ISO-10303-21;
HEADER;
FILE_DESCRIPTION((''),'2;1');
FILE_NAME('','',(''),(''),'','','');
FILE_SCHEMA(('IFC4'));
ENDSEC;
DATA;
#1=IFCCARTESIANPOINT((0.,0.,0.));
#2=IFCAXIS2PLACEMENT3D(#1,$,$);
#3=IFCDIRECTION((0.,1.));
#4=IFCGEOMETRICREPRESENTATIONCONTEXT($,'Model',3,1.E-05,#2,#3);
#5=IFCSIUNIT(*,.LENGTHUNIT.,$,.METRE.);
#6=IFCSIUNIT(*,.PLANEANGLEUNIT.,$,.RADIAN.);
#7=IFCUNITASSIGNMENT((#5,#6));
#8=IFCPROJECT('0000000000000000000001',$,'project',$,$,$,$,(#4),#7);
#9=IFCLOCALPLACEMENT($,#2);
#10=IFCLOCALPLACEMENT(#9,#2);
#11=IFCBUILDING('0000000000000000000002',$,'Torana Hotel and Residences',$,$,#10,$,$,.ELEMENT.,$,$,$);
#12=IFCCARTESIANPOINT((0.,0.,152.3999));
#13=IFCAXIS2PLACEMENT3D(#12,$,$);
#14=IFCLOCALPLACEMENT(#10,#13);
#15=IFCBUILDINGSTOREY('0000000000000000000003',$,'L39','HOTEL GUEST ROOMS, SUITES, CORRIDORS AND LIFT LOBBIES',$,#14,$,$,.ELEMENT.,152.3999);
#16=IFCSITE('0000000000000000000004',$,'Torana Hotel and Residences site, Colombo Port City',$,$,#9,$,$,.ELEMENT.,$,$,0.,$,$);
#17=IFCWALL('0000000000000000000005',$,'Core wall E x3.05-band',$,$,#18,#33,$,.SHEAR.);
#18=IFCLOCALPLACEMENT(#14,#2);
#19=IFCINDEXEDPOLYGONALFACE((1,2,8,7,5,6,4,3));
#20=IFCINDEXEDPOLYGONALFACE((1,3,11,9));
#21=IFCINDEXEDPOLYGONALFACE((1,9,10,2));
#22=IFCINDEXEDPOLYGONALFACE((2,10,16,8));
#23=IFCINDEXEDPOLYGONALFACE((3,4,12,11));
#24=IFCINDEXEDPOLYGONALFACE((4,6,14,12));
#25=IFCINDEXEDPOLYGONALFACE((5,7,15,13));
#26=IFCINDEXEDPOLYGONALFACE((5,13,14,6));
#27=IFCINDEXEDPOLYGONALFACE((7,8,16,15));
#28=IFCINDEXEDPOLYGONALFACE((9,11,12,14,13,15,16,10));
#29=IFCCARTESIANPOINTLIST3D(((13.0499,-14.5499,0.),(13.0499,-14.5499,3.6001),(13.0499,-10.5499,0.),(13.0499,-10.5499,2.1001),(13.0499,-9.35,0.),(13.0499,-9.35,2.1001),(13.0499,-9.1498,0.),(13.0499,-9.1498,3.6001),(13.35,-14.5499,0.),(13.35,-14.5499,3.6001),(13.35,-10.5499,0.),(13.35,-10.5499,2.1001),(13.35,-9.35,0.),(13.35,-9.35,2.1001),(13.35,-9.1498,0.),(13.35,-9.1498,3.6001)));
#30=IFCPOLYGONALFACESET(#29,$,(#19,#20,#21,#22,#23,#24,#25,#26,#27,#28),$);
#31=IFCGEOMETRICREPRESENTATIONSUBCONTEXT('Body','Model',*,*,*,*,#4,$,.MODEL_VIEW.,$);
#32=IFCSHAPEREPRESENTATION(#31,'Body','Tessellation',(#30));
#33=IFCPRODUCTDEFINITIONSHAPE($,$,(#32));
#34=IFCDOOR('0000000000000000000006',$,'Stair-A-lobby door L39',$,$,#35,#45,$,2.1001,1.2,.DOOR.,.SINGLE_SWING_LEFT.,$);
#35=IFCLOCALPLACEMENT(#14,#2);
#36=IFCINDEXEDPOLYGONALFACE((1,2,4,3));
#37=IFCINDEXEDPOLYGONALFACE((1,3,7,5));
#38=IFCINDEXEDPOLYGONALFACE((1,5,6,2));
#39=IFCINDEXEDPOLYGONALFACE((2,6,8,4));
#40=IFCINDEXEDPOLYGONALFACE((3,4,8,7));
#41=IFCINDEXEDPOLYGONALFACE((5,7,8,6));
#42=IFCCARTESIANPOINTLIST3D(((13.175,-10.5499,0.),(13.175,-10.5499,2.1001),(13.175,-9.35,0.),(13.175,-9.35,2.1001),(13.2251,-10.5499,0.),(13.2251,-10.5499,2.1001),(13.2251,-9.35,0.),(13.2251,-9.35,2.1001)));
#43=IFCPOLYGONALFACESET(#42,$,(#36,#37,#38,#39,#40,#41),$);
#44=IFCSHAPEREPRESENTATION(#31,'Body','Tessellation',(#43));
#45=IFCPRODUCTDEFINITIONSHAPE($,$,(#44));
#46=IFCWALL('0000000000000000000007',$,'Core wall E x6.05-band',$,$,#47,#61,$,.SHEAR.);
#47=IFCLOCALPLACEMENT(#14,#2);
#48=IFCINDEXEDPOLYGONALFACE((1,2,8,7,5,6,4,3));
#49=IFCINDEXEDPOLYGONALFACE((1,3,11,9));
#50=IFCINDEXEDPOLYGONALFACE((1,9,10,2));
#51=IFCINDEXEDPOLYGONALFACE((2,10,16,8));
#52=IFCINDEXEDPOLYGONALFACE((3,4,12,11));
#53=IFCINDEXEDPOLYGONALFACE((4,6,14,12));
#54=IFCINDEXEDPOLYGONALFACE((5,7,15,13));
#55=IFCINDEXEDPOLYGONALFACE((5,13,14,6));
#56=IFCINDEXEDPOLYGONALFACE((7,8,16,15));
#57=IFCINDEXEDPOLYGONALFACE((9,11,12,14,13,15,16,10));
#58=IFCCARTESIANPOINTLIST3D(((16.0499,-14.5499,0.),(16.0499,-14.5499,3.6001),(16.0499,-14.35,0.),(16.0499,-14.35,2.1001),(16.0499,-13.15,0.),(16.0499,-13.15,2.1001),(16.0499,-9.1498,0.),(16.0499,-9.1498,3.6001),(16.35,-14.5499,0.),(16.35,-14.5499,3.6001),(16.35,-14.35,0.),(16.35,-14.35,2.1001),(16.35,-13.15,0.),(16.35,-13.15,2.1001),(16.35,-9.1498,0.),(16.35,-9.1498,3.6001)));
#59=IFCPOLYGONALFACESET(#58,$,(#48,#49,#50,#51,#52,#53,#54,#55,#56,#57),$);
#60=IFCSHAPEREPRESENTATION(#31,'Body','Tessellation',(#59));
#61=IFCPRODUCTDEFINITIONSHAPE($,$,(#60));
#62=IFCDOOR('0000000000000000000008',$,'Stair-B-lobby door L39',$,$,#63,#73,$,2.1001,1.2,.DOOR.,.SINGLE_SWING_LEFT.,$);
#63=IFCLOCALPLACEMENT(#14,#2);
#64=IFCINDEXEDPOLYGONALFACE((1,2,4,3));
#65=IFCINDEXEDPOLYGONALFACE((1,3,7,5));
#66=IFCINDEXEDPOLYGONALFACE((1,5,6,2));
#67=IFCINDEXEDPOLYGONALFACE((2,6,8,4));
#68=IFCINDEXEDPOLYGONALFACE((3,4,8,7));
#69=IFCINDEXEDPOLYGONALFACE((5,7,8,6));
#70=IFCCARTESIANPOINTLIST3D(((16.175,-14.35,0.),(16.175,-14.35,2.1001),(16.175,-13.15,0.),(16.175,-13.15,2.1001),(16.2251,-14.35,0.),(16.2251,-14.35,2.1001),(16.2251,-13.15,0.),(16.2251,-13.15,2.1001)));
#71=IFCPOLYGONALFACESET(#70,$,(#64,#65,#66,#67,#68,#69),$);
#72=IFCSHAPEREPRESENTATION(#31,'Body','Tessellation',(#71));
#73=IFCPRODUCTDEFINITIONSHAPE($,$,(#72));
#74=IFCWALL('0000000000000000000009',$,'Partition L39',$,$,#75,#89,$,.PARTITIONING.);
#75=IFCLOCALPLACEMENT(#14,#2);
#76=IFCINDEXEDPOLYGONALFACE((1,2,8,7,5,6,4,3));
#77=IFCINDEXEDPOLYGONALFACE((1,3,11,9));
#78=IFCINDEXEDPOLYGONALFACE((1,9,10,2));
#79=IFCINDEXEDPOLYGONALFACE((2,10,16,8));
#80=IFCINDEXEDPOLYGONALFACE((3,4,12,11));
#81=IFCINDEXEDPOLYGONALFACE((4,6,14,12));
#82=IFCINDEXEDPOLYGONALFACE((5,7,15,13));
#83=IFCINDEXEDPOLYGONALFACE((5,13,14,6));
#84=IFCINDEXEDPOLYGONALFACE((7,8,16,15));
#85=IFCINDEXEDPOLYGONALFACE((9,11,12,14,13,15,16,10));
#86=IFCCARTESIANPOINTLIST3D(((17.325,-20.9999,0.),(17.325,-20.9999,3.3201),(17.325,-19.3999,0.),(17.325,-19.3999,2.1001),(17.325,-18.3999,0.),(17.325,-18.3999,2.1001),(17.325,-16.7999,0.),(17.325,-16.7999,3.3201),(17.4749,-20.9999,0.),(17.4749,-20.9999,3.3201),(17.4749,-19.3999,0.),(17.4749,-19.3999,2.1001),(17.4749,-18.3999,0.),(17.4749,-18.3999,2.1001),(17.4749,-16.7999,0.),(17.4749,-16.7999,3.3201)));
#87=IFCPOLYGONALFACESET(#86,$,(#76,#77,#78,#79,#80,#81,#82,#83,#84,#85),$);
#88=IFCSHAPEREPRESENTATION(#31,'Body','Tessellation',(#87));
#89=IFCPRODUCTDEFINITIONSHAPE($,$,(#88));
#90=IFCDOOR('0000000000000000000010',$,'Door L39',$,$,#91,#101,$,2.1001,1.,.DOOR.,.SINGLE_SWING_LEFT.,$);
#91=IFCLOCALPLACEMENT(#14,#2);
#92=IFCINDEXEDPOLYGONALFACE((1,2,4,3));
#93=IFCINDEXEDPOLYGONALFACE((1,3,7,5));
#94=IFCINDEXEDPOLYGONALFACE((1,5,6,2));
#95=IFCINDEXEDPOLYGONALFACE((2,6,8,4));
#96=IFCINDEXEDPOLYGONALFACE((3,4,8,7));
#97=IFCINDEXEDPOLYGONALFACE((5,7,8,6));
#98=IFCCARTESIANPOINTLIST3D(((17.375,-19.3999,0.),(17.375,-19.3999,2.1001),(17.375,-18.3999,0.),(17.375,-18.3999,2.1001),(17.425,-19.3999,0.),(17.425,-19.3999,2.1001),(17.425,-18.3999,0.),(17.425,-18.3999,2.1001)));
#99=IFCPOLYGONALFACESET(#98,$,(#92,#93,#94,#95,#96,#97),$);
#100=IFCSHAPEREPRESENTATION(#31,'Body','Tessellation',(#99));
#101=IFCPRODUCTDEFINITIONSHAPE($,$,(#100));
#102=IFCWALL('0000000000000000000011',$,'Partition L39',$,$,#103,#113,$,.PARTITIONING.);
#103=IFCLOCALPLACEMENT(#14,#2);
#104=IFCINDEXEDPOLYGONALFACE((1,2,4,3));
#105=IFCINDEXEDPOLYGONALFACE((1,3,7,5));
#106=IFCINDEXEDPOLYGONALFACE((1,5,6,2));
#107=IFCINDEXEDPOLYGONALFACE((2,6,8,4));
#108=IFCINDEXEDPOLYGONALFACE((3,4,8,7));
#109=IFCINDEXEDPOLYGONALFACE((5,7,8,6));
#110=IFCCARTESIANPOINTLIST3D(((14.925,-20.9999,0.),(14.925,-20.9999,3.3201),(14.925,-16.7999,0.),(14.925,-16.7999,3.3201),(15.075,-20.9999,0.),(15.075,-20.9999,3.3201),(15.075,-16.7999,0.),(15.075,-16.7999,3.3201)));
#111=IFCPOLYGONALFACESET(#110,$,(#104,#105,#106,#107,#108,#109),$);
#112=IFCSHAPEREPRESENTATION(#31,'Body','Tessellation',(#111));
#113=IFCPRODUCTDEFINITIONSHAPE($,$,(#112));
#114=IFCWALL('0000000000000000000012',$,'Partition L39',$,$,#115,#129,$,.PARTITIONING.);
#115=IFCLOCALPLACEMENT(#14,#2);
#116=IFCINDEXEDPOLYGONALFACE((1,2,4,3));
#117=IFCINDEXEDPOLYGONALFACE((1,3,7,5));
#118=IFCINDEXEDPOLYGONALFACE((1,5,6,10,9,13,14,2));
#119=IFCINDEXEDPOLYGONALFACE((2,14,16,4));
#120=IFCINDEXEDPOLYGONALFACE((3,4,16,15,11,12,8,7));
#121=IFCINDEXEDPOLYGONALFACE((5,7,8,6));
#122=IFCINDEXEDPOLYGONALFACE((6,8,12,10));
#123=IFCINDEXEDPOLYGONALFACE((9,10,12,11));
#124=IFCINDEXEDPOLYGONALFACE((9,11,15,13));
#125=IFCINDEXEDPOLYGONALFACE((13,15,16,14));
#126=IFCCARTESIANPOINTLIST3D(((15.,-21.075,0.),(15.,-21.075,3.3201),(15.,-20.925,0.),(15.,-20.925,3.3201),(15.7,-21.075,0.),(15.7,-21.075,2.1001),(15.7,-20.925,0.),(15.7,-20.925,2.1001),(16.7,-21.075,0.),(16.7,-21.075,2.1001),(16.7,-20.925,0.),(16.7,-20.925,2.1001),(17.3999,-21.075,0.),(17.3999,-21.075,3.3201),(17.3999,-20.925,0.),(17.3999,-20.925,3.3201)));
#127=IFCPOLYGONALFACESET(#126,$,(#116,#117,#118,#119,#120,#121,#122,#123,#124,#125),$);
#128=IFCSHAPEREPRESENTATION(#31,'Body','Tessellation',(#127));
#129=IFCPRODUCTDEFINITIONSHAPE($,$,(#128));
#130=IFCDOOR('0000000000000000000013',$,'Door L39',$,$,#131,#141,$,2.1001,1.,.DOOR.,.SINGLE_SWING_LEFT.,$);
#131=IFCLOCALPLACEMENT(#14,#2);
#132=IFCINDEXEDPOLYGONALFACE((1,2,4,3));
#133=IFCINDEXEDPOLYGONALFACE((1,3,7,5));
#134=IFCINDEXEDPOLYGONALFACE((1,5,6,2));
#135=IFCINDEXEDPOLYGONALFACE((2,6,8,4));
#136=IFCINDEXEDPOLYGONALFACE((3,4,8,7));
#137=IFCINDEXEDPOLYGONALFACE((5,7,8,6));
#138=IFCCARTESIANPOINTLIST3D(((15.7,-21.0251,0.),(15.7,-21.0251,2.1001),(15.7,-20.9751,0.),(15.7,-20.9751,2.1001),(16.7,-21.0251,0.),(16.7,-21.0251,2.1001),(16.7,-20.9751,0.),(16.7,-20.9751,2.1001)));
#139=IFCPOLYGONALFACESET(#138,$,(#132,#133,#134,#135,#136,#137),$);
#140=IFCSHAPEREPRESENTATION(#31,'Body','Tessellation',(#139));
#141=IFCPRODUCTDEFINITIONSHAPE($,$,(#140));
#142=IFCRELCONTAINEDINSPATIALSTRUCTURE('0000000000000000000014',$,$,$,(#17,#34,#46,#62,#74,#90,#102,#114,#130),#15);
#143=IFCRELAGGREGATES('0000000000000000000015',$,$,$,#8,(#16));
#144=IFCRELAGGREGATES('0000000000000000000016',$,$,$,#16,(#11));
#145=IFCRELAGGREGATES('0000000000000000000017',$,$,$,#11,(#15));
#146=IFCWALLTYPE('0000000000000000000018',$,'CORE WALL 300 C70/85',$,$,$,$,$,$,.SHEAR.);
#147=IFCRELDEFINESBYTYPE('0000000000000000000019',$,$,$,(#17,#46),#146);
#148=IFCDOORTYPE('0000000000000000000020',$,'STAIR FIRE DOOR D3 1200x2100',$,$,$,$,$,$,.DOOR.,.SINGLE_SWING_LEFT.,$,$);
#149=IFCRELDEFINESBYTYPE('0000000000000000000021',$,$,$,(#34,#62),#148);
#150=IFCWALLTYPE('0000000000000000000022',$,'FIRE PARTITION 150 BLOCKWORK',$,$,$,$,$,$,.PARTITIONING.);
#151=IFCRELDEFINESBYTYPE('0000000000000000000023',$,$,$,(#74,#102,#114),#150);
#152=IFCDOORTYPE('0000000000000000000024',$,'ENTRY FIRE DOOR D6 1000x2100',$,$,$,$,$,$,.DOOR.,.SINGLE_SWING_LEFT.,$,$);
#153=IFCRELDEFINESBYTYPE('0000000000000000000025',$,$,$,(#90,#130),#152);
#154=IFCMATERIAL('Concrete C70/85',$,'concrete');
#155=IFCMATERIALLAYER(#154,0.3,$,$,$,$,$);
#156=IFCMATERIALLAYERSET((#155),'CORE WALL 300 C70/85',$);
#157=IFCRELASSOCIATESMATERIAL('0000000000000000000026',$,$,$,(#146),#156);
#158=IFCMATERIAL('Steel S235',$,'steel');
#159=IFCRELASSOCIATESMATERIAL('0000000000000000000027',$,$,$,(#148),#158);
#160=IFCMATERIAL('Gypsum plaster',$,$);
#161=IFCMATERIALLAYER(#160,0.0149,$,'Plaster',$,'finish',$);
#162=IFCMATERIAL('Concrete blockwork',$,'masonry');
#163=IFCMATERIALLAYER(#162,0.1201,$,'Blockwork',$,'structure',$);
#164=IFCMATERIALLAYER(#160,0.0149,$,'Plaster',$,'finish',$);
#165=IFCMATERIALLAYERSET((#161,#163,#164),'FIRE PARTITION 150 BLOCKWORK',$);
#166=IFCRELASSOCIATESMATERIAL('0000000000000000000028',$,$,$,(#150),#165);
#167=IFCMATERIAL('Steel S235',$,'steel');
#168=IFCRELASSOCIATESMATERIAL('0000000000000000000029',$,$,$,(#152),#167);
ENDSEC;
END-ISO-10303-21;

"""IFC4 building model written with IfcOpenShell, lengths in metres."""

from ifc_helpers import new_model, si_unit, direction, frame, frame_2d, origin, place, context, subcontext, project, spatial, rectangle, extrude, material, layer, layer_set, type_object, element, fill, save


model = new_model("IFC4")

# Units and contexts
model_context = context("Model", 3, precision=1e-05, world=origin(), true_north=direction((0.0, 1.0)))
body_context = subcontext(model_context, "Body", "Model", "MODEL_VIEW")
ifc_project = project(units=[si_unit("LENGTHUNIT", "METRE"), si_unit("PLANEANGLEUNIT", "RADIAN")], contexts=[model_context])

# Site, building, storey
site_placement = place(None, origin())
site = spatial("IfcSite", under=ifc_project, at=site_placement, Name="Torana Hotel and Residences site, Colombo Port City", CompositionType="ELEMENT", RefElevation=0.0)
building_placement = place(site_placement, origin())
building = spatial("IfcBuilding", under=site, at=building_placement, Name="Torana Hotel and Residences", CompositionType="ELEMENT")
storey_placement = place(building_placement, frame((0.0, 0.0, 152.3999)))
storey = spatial("IfcBuildingStorey", under=building, at=storey_placement, Name="L39", Description="HOTEL GUEST ROOMS, SUITES, CORRIDORS AND LIFT LOBBIES", CompositionType="ELEMENT", Elevation=152.3999)

# Walls, openings, doors
ifc_material_1 = material(Name="Concrete C70/85", Category="concrete")
ifc_layer_1 = layer(ifc_material_1, 0.3)
ifc_layer_set_1 = layer_set([ifc_layer_1], Name="CORE WALL 300 C70/85")
wall_type_1 = type_object("IfcWallType", Name="CORE WALL 300 C70/85", PredefinedType="SHEAR", material=ifc_layer_set_1)
wall_1_placement = place(storey_placement, frame((13.2, -14.55, 0.0), z_axis=(0.0, 0.0, 1.0), x_axis=(0.0, 1.0, 0.0)))
wall_1 = element("IfcWall", 1, at=wall_1_placement, inside=storey, type_object=wall_type_1, Name="Core wall E x3.05-band", PredefinedType="SHEAR", context=body_context, shape_type="SweptSolid", body=[
    extrude(rectangle(XDim=5.4001, YDim=0.3, at=frame_2d((2.7002, 0.0))), origin(), (0.0, 0.0, 1.0), 3.6001),
])
opening_1_placement = place(wall_1_placement, frame((4.0, 0.0, 0.0)))
opening_1 = element("IfcOpeningElement", 2, at=opening_1_placement, cuts=wall_1, PredefinedType="OPENING", context=body_context, shape_type="SweptSolid", body=[
    extrude(rectangle(XDim=1.2, YDim=2.1001, at=frame_2d((0.6001, 1.05))), frame((0.0, 0.1599, 0.0), z_axis=(0.0, -1.0, 0.0), x_axis=(1.0, 0.0, 0.0)), (0.0, 0.0, 1.0), 0.3201),
])
ifc_material_2 = material(Name="Steel S235", Category="steel")
door_type_1 = type_object("IfcDoorType", Name="STAIR FIRE DOOR D3 1200x2100", OperationType="SINGLE_SWING_LEFT", PredefinedType="DOOR", material=ifc_material_2)
door_1_placement = place(opening_1_placement, origin())
door_1 = element("IfcDoor", 3, at=door_1_placement, inside=storey, type_object=door_type_1, Name="Stair-A-lobby door L39", OperationType="SINGLE_SWING_LEFT", OverallHeight=2.1001, OverallWidth=1.2, PredefinedType="DOOR", context=body_context, shape_type="SweptSolid", body=[
    extrude(rectangle(XDim=1.2, YDim=2.1001, at=frame_2d((0.6001, 1.05))), frame((0.0, 0.0249, 0.0), z_axis=(0.0, -1.0, 0.0), x_axis=(1.0, 0.0, 0.0)), (0.0, 0.0, 1.0), 0.05),
])
fill(opening_1, door_1)
wall_2_placement = place(storey_placement, frame((16.2, -14.55, 0.0), z_axis=(0.0, 0.0, 1.0), x_axis=(0.0, 1.0, 0.0)))
wall_2 = element("IfcWall", 4, at=wall_2_placement, inside=storey, type_object=wall_type_1, Name="Core wall E x6.05-band", PredefinedType="SHEAR", context=body_context, shape_type="SweptSolid", body=[
    extrude(rectangle(XDim=5.4001, YDim=0.3, at=frame_2d((2.7002, 0.0))), origin(), (0.0, 0.0, 1.0), 3.6001),
])
opening_2_placement = place(wall_2_placement, frame((0.2, 0.0, 0.0)))
opening_2 = element("IfcOpeningElement", 5, at=opening_2_placement, cuts=wall_2, PredefinedType="OPENING", context=body_context, shape_type="SweptSolid", body=[
    extrude(rectangle(XDim=1.2, YDim=2.1001, at=frame_2d((0.6001, 1.05))), frame((0.0, 0.1599, 0.0), z_axis=(0.0, -1.0, 0.0), x_axis=(1.0, 0.0, 0.0)), (0.0, 0.0, 1.0), 0.3201),
])
door_2_placement = place(opening_2_placement, frame((0.6001, 0.0, 0.0), z_axis=(0.0, 0.0, 1.0), x_axis=(-1.0, 0.0, 0.0)))
door_2 = element("IfcDoor", 6, at=door_2_placement, inside=storey, type_object=door_type_1, Name="Stair-B-lobby door L39", OperationType="SINGLE_SWING_LEFT", OverallHeight=2.1001, OverallWidth=1.2, PredefinedType="DOOR", context=body_context, shape_type="SweptSolid", body=[
    extrude(rectangle(XDim=1.2, YDim=2.1001, at=frame_2d((0.0, 1.05))), frame((0.0, -0.0249, 0.0), z_axis=(0.0, 1.0, 0.0), x_axis=(-1.0, 0.0, 0.0)), (0.0, 0.0, 1.0), 0.05),
])
fill(opening_2, door_2)
ifc_material_3 = material(Name="Gypsum plaster")
ifc_layer_2 = layer(ifc_material_3, 0.0149, Name="Plaster", Category="finish")
ifc_material_4 = material(Name="Concrete blockwork", Category="masonry")
ifc_layer_3 = layer(ifc_material_4, 0.1201, Name="Blockwork", Category="structure")
ifc_layer_4 = layer(ifc_material_3, 0.0149, Name="Plaster", Category="finish")
ifc_layer_set_2 = layer_set([ifc_layer_2, ifc_layer_3, ifc_layer_4], Name="FIRE PARTITION 150 BLOCKWORK")
wall_type_2 = type_object("IfcWallType", Name="FIRE PARTITION 150 BLOCKWORK", PredefinedType="PARTITIONING", material=ifc_layer_set_2)
wall_3_placement = place(storey_placement, frame((17.3999, -21.0, 0.0), z_axis=(0.0, 0.0, 1.0), x_axis=(0.0, 1.0, 0.0)))
wall_3 = element("IfcWall", 7, at=wall_3_placement, inside=storey, type_object=wall_type_2, Name="Partition L39", PredefinedType="PARTITIONING", context=body_context, shape_type="SweptSolid", body=[
    extrude(rectangle(XDim=4.2, YDim=0.1499, at=frame_2d((2.1001, 0.0))), origin(), (0.0, 0.0, 1.0), 3.3201),
])
opening_3_placement = place(wall_3_placement, frame((1.6001, 0.0, 0.0)))
opening_3 = element("IfcOpeningElement", 8, at=opening_3_placement, cuts=wall_3, PredefinedType="OPENING", context=body_context, shape_type="SweptSolid", body=[
    extrude(rectangle(XDim=1.0, YDim=2.1001, at=frame_2d((0.5, 1.05))), frame((0.0, 0.085, 0.0), z_axis=(0.0, -1.0, 0.0), x_axis=(1.0, 0.0, 0.0)), (0.0, 0.0, 1.0), 0.1699),
])
ifc_material_5 = material(Name="Steel S235", Category="steel")
door_type_2 = type_object("IfcDoorType", Name="ENTRY FIRE DOOR D6 1000x2100", OperationType="SINGLE_SWING_LEFT", PredefinedType="DOOR", material=ifc_material_5)
door_3_placement = place(opening_3_placement, frame((0.5, 0.0, 0.0), z_axis=(0.0, 0.0, 1.0), x_axis=(-1.0, 0.0, 0.0)))
door_3 = element("IfcDoor", 9, at=door_3_placement, inside=storey, type_object=door_type_2, Name="Door L39", OperationType="SINGLE_SWING_LEFT", OverallHeight=2.1001, OverallWidth=1.0, PredefinedType="DOOR", context=body_context, shape_type="SweptSolid", body=[
    extrude(rectangle(XDim=1.0, YDim=2.1001, at=frame_2d((0.0, 1.05))), frame((0.0, -0.0249, 0.0), z_axis=(0.0, 1.0, 0.0), x_axis=(-1.0, 0.0, 0.0)), (0.0, 0.0, 1.0), 0.05),
])
fill(opening_3, door_3)

# Wall
wall_4_placement = place(storey_placement, frame((15.0, -21.0, 0.0), z_axis=(0.0, 0.0, 1.0), x_axis=(0.0, 1.0, 0.0)))
element("IfcWall", 10, at=wall_4_placement, inside=storey, type_object=wall_type_2, Name="Partition L39", PredefinedType="PARTITIONING", context=body_context, shape_type="SweptSolid", body=[
    extrude(rectangle(XDim=4.2, YDim=0.1499, at=frame_2d((2.1001, 0.0))), origin(), (0.0, 0.0, 1.0), 3.3201),
])

# Wall, opening, door
wall_5_placement = place(storey_placement, frame((15.0, -21.0, 0.0), z_axis=(0.0, 0.0, 1.0), x_axis=(1.0, 0.0, 0.0)))
wall_5 = element("IfcWall", 11, at=wall_5_placement, inside=storey, type_object=wall_type_2, Name="Partition L39", PredefinedType="PARTITIONING", context=body_context, shape_type="SweptSolid", body=[
    extrude(rectangle(XDim=2.3999, YDim=0.1499, at=frame_2d((1.2, 0.0))), origin(), (0.0, 0.0, 1.0), 3.3201),
])
opening_4_placement = place(wall_5_placement, frame((0.7, 0.0, 0.0)))
opening_4 = element("IfcOpeningElement", 12, at=opening_4_placement, cuts=wall_5, PredefinedType="OPENING", context=body_context, shape_type="SweptSolid", body=[
    extrude(rectangle(XDim=1.0, YDim=2.1001, at=frame_2d((0.5, 1.05))), frame((0.0, 0.085, 0.0), z_axis=(0.0, -1.0, 0.0), x_axis=(1.0, 0.0, 0.0)), (0.0, 0.0, 1.0), 0.1699),
])
door_4_placement = place(opening_4_placement, frame((0.5, 0.0, 0.0), z_axis=(0.0, 0.0, 1.0), x_axis=(-1.0, 0.0, 0.0)))
door_4 = element("IfcDoor", 13, at=door_4_placement, inside=storey, type_object=door_type_2, Name="Door L39", OperationType="SINGLE_SWING_LEFT", OverallHeight=2.1001, OverallWidth=1.0, PredefinedType="DOOR", context=body_context, shape_type="SweptSolid", body=[
    extrude(rectangle(XDim=1.0, YDim=2.1001, at=frame_2d((0.0, 1.05))), frame((0.0, -0.0249, 0.0), z_axis=(0.0, 1.0, 0.0), x_axis=(-1.0, 0.0, 0.0)), (0.0, 0.0, 1.0), 0.05),
])
fill(opening_4, door_4)

save(model, "model.ifc")
